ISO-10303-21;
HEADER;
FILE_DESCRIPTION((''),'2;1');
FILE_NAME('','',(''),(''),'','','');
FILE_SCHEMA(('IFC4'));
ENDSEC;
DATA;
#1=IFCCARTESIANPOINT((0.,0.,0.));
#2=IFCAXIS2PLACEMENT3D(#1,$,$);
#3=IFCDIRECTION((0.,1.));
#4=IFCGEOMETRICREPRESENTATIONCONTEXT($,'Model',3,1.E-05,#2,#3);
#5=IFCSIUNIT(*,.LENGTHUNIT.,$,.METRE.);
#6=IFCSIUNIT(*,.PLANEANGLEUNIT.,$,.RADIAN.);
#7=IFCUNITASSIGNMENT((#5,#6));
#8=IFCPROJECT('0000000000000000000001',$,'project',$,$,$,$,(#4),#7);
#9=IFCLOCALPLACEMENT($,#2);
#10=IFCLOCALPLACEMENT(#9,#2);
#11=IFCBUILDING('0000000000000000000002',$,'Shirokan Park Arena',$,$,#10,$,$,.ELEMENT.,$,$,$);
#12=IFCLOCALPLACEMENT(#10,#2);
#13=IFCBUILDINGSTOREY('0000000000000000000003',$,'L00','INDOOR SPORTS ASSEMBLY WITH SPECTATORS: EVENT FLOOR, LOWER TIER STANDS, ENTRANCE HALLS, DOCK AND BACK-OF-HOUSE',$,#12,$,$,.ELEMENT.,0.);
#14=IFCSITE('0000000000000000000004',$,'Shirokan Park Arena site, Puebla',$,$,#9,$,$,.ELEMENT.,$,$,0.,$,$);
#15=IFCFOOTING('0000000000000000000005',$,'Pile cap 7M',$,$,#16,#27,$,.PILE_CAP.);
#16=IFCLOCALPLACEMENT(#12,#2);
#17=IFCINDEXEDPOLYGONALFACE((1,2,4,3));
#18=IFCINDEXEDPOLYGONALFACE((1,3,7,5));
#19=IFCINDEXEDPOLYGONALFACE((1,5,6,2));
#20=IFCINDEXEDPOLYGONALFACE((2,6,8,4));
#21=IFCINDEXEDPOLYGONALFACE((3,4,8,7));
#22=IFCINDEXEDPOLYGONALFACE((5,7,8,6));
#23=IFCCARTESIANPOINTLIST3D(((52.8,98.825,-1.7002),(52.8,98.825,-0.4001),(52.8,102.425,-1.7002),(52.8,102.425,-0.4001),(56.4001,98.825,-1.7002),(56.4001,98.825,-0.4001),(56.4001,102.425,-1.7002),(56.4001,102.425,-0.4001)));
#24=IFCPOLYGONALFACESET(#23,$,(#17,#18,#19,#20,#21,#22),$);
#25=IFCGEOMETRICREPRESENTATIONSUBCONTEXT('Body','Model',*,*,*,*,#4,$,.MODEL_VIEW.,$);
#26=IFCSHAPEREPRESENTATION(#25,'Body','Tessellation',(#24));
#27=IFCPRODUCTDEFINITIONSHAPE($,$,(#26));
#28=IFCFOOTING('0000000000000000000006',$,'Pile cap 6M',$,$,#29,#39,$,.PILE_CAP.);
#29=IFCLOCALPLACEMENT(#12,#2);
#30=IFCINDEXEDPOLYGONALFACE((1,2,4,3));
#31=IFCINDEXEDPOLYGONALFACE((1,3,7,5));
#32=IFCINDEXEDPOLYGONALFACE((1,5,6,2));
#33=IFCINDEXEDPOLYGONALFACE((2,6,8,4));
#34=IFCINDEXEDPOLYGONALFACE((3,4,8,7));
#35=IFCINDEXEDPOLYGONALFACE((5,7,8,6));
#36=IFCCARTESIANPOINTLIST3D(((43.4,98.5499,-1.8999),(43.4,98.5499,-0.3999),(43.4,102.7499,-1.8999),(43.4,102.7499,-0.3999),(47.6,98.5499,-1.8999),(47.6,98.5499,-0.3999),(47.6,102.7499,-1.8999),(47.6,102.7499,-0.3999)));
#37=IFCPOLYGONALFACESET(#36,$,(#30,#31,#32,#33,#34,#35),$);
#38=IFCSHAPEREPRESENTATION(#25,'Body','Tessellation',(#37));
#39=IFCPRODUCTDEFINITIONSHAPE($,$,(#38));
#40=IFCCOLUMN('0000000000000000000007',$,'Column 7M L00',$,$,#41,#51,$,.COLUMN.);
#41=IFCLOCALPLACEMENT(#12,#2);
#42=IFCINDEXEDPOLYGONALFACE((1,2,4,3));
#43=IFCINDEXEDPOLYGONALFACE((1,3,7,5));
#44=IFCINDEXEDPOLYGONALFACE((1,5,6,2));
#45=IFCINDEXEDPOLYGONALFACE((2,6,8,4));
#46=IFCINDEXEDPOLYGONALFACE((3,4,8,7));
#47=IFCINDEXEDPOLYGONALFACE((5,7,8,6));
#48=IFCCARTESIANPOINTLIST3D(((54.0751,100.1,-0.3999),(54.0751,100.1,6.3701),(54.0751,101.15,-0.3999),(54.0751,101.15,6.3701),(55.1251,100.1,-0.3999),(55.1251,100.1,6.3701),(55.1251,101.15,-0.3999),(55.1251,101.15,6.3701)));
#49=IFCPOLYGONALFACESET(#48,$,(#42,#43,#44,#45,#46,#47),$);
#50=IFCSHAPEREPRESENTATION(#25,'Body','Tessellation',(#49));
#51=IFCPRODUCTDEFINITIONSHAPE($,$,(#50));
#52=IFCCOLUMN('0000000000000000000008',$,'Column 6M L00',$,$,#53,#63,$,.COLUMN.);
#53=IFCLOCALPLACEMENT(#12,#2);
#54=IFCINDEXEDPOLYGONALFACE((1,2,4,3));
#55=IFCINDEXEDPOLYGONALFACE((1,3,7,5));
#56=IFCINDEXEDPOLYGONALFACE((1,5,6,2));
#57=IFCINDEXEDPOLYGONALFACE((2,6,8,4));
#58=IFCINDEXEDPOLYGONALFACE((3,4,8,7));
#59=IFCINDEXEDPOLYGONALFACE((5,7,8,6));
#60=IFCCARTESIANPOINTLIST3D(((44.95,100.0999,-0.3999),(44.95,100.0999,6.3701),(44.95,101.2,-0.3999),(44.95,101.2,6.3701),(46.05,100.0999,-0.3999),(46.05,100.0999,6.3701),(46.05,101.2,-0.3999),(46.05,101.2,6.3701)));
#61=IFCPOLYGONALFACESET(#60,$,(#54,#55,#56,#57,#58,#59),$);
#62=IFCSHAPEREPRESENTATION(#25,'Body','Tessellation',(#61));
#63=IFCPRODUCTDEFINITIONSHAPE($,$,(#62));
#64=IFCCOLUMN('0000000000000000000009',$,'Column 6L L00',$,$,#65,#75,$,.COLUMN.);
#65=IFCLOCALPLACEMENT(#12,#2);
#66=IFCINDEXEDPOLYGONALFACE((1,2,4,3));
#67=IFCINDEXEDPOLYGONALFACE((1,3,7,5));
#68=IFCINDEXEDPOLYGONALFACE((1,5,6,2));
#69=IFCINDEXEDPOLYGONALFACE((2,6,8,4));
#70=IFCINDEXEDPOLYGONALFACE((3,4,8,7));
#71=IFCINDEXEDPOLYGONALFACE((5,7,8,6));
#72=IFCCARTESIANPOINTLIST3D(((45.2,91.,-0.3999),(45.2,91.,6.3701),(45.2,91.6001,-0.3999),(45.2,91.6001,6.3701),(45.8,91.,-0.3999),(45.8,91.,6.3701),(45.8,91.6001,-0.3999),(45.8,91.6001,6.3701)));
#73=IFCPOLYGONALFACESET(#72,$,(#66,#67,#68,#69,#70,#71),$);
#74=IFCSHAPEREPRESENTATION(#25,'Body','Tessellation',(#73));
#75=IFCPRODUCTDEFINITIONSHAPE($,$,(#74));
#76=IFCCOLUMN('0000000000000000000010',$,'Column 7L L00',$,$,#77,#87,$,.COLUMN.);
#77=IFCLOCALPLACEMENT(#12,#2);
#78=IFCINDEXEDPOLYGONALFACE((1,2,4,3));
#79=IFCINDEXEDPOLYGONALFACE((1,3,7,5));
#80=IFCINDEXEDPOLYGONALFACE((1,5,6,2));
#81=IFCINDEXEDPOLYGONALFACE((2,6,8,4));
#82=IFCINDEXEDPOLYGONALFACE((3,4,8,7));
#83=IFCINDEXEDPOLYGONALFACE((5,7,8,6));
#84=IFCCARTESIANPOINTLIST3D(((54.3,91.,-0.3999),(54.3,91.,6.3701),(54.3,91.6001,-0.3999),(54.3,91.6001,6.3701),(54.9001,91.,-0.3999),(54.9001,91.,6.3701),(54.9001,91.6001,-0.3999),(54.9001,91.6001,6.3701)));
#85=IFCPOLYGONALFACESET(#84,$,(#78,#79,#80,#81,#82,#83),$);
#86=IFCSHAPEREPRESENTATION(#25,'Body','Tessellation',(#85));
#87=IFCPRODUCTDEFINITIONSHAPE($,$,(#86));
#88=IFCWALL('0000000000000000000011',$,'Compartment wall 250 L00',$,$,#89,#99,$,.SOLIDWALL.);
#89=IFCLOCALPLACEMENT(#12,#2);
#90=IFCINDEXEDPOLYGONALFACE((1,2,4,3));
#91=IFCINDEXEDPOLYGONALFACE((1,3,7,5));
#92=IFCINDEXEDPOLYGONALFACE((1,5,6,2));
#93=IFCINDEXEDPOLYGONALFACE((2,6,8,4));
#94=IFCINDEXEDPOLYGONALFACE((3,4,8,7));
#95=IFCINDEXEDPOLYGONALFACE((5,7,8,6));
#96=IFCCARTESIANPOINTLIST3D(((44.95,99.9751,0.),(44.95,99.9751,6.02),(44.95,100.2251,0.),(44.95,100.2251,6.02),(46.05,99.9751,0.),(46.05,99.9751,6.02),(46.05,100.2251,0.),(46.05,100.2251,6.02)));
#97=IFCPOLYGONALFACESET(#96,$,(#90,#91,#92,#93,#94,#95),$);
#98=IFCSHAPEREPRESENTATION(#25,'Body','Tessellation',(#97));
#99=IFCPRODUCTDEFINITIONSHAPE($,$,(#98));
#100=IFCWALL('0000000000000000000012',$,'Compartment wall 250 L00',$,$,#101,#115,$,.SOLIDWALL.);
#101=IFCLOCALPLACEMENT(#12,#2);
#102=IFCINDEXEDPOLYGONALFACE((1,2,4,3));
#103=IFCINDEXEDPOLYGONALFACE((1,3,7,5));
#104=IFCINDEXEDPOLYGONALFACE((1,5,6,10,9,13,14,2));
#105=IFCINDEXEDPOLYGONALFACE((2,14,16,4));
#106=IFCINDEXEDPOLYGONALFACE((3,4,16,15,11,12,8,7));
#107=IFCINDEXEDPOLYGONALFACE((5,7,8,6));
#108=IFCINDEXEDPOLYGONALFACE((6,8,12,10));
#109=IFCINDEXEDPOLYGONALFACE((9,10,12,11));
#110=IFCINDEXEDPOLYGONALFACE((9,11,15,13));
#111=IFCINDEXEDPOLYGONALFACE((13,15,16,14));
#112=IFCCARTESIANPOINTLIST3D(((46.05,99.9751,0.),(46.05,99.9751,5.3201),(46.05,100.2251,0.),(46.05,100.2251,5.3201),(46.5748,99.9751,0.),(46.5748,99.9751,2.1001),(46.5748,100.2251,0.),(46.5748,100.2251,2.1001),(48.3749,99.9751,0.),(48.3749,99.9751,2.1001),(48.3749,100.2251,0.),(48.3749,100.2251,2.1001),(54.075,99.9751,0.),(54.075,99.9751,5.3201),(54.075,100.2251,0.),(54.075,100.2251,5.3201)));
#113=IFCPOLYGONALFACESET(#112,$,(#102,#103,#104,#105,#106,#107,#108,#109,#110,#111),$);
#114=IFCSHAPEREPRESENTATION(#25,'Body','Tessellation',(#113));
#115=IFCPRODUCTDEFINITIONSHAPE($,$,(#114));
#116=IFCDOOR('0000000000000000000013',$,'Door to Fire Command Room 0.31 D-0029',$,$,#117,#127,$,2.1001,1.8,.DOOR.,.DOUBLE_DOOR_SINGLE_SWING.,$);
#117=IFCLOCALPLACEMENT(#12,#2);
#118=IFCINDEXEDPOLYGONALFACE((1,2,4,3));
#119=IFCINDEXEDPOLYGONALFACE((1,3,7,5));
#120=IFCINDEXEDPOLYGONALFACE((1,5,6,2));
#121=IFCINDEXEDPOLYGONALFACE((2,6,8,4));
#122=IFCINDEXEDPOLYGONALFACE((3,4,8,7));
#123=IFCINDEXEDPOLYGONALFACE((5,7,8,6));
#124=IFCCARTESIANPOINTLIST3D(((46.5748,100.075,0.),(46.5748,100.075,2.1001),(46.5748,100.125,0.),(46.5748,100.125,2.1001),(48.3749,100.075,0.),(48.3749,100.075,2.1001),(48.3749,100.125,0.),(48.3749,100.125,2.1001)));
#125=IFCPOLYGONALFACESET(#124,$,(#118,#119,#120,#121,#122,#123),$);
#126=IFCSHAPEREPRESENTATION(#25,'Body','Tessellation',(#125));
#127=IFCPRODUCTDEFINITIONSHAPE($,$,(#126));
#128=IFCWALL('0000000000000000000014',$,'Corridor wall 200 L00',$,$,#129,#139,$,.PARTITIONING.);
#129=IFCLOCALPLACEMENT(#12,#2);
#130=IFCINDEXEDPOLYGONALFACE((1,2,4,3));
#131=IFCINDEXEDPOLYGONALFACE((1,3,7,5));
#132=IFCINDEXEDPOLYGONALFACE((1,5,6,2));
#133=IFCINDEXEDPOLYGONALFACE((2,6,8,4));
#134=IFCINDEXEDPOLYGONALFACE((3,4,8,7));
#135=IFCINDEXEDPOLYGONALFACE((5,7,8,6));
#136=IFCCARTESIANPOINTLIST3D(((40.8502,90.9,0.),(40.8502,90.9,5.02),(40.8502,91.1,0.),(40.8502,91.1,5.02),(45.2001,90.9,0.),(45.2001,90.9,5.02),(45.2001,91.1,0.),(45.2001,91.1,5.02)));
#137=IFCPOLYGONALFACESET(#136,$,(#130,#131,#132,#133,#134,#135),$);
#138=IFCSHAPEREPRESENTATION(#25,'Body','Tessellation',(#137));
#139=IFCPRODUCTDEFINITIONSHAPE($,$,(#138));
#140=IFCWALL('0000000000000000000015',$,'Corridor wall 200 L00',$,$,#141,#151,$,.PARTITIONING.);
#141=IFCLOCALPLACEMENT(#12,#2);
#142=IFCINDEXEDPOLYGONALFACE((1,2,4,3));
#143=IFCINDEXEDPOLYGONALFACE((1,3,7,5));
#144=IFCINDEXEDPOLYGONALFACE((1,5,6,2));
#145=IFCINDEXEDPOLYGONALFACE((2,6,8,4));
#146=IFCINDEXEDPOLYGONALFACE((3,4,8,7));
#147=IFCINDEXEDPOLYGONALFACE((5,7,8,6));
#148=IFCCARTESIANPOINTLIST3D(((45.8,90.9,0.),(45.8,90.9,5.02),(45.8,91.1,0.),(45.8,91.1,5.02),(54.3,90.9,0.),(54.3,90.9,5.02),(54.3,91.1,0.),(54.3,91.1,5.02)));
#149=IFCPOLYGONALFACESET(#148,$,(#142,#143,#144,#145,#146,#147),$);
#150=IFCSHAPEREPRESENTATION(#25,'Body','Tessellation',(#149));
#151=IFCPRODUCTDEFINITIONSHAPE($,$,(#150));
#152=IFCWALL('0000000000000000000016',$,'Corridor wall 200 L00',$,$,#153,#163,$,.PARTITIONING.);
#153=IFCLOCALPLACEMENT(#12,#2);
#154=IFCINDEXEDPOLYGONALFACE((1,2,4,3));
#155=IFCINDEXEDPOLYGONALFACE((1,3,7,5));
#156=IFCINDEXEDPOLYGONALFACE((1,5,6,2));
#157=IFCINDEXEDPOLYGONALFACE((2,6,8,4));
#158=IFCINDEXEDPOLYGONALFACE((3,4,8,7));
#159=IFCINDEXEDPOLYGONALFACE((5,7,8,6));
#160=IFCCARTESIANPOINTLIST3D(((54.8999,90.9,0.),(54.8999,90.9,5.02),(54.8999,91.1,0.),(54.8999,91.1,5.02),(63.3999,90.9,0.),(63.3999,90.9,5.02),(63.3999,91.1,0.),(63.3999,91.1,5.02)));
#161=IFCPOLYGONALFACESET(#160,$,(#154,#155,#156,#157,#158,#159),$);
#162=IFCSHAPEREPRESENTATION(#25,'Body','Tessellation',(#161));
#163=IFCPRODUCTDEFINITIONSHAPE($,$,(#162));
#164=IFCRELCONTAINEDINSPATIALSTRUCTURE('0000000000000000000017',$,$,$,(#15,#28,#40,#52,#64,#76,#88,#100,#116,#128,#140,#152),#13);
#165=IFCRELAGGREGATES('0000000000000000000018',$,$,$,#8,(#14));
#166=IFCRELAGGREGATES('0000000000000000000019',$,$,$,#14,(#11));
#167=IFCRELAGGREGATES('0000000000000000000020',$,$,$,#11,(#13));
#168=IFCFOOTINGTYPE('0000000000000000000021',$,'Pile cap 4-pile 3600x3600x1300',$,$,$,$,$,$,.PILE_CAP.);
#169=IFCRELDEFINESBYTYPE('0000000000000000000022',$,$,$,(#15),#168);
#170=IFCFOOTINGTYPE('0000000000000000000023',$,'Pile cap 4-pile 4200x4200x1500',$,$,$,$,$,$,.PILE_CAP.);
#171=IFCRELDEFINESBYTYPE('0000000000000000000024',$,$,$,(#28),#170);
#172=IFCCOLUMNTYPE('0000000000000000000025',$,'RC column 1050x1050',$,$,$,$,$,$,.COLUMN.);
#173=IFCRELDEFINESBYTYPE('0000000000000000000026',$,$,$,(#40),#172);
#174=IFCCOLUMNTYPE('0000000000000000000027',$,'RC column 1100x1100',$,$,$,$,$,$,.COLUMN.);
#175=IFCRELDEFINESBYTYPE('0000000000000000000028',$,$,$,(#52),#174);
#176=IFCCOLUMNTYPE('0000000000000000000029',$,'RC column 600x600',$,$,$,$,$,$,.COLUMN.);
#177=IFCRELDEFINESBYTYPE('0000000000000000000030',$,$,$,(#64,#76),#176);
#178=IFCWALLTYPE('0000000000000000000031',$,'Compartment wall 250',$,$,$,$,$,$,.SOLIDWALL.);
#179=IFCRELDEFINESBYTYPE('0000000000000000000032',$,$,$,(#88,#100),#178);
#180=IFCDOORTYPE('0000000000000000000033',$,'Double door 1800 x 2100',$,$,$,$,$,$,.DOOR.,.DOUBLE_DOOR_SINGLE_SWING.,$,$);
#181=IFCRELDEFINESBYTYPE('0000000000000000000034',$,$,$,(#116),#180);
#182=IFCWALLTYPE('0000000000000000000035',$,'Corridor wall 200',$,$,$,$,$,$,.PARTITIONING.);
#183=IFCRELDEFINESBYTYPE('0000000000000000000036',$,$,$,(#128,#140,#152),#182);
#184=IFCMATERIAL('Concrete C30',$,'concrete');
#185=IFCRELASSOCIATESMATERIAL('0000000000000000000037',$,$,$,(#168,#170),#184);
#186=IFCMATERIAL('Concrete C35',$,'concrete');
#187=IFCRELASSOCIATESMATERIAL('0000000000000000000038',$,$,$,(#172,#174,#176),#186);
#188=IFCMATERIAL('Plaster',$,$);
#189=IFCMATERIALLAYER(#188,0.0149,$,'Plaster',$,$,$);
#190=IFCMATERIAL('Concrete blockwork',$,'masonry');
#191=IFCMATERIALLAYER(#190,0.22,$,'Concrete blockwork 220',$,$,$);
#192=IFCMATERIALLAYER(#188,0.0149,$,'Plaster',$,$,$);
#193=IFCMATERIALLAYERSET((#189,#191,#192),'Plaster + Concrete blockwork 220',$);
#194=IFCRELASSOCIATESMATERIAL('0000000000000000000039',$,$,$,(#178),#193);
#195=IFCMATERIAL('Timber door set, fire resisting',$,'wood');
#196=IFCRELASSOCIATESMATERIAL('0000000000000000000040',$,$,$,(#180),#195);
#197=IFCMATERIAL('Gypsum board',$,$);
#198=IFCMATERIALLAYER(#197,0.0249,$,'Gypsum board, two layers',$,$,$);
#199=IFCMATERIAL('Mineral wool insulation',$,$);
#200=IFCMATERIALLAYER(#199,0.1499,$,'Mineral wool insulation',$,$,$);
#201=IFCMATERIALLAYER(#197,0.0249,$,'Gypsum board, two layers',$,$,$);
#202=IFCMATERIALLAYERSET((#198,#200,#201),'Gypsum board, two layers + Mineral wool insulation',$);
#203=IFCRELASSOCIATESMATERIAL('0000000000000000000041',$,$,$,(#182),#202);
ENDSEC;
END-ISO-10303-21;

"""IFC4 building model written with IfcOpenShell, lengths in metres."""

from ifc_helpers import new_model, si_unit, direction, frame, frame_2d, origin, origin_2d, place, context, subcontext, project, spatial, rectangle, extrude, material, layer, layer_set, material_profile, profile_set, type_object, element, fill, save


model = new_model("IFC4")

# Units and contexts
model_context = context("Model", 3, precision=1e-05, world=origin(), true_north=direction((0.0, 1.0)))
body_context = subcontext(model_context, "Body", "Model", "MODEL_VIEW")
ifc_project = project(units=[si_unit("LENGTHUNIT", "METRE"), si_unit("PLANEANGLEUNIT", "RADIAN")], contexts=[model_context])

# Site, building, storey
site_placement = place(None, origin())
site = spatial("IfcSite", under=ifc_project, at=site_placement, Name="Shirokan Park Arena site, Puebla", CompositionType="ELEMENT", RefElevation=0.0)
building_placement = place(site_placement, origin())
building = spatial("IfcBuilding", under=site, at=building_placement, Name="Shirokan Park Arena", CompositionType="ELEMENT")
storey_placement = place(building_placement, origin())
storey = spatial("IfcBuildingStorey", under=building, at=storey_placement, Name="L00", Description="INDOOR SPORTS ASSEMBLY WITH SPECTATORS: EVENT FLOOR, LOWER TIER STANDS, ENTRANCE HALLS, DOCK AND BACK-OF-HOUSE", CompositionType="ELEMENT", Elevation=0.0)

# Shared definitions
ifc_material_1 = material(Name="Concrete C30", Category="concrete")

# Footings
footing_type_1 = type_object("IfcFootingType", Name="Pile cap 4-pile 3600x3600x1300", PredefinedType="PILE_CAP", material=ifc_material_1)
footing_1_placement = place(storey_placement, frame((54.6001, 100.625, -1.7002), z_axis=(0.0, 0.0, 1.0), x_axis=(1.0, 0.0, 0.0)))
element("IfcFooting", 1, at=footing_1_placement, inside=storey, type_object=footing_type_1, Name="Pile cap 7M", PredefinedType="PILE_CAP", context=body_context, shape_type="SweptSolid", body=[
    extrude(rectangle(XDim=3.6001, YDim=3.6001, at=origin_2d()), origin(), (0.0, 0.0, 1.0), 1.3),
])
footing_type_2 = type_object("IfcFootingType", Name="Pile cap 4-pile 4200x4200x1500", PredefinedType="PILE_CAP", material=ifc_material_1)
footing_2_placement = place(storey_placement, frame((45.5, 100.6499, -1.8999), z_axis=(0.0, 0.0, 1.0), x_axis=(1.0, 0.0, 0.0)))
element("IfcFooting", 2, at=footing_2_placement, inside=storey, type_object=footing_type_2, Name="Pile cap 6M", PredefinedType="PILE_CAP", context=body_context, shape_type="SweptSolid", body=[
    extrude(rectangle(XDim=4.2, YDim=4.2, at=origin_2d()), origin(), (0.0, 0.0, 1.0), 1.5),
])

# Columns
ifc_material_2 = material(Name="Concrete C35", Category="concrete")
ifc_material_profile_1 = material_profile(ifc_material_2, rectangle(XDim=1.05, YDim=1.05, at=origin_2d()), Name="1050x1050")
ifc_profile_set_1 = profile_set([ifc_material_profile_1], Name="Concrete C35")
column_type_1 = type_object("IfcColumnType", Name="RC column 1050x1050", PredefinedType="COLUMN", material=ifc_profile_set_1)
column_1_placement = place(storey_placement, frame((54.6001, 100.625, -0.3999), z_axis=(0.0, 0.0, 1.0), x_axis=(1.0, 0.0, 0.0)))
element("IfcColumn", 3, at=column_1_placement, inside=storey, type_object=column_type_1, Name="Column 7M L00", PredefinedType="COLUMN", context=body_context, shape_type="SweptSolid", body=[
    extrude(rectangle(XDim=1.05, YDim=1.05, at=origin_2d()), origin(), (0.0, 0.0, 1.0), 6.77),
])
ifc_material_profile_2 = material_profile(ifc_material_2, rectangle(XDim=1.1001, YDim=1.1001, at=origin_2d()), Name="1100x1100")
ifc_profile_set_2 = profile_set([ifc_material_profile_2], Name="Concrete C35")
column_type_2 = type_object("IfcColumnType", Name="RC column 1100x1100", PredefinedType="COLUMN", material=ifc_profile_set_2)
column_2_placement = place(storey_placement, frame((45.5, 100.6499, -0.3999), z_axis=(0.0, 0.0, 1.0), x_axis=(1.0, 0.0, 0.0)))
element("IfcColumn", 4, at=column_2_placement, inside=storey, type_object=column_type_2, Name="Column 6M L00", PredefinedType="COLUMN", context=body_context, shape_type="SweptSolid", body=[
    extrude(rectangle(XDim=1.1001, YDim=1.1001, at=origin_2d()), origin(), (0.0, 0.0, 1.0), 6.77),
])
ifc_material_profile_3 = material_profile(ifc_material_2, rectangle(XDim=0.6001, YDim=0.6001, at=origin_2d()), Name="600x600")
ifc_profile_set_3 = profile_set([ifc_material_profile_3], Name="Concrete C35")
column_type_3 = type_object("IfcColumnType", Name="RC column 600x600", PredefinedType="COLUMN", material=ifc_profile_set_3)
for number, where, z_axis, x_axis, name in (
    (5, (45.5, 91.3, -0.3999), (0.0, 0.0, 1.0), (1.0, 0.0, 0.0), "Column 6L L00"),
    (6, (54.6001, 91.3, -0.3999), (0.0, 0.0, 1.0), (1.0, 0.0, 0.0), "Column 7L L00"),
):
    element("IfcColumn", number, at=place(storey_placement, frame(where, z_axis=z_axis, x_axis=x_axis)), inside=storey, type_object=column_type_3, Name=name, PredefinedType="COLUMN", context=body_context, shape_type="SweptSolid", body=[
        extrude(rectangle(XDim=0.6001, YDim=0.6001, at=origin_2d()), origin(), (0.0, 0.0, 1.0), 6.77),
    ])

# Wall
ifc_material_3 = material(Name="Plaster")
ifc_layer_1 = layer(ifc_material_3, 0.0149, Name="Plaster")
ifc_material_4 = material(Name="Concrete blockwork", Category="masonry")
ifc_layer_2 = layer(ifc_material_4, 0.22, Name="Concrete blockwork 220")
ifc_layer_3 = layer(ifc_material_3, 0.0149, Name="Plaster")
ifc_layer_set_1 = layer_set([ifc_layer_1, ifc_layer_2, ifc_layer_3], Name="Plaster + Concrete blockwork 220")
wall_type_1 = type_object("IfcWallType", Name="Compartment wall 250", PredefinedType="SOLIDWALL", material=ifc_layer_set_1)
wall_1_placement = place(storey_placement, frame((44.95, 100.1001, 0.0), z_axis=(0.0, 0.0, 1.0), x_axis=(1.0, 0.0, 0.0)))
element("IfcWall", 7, at=wall_1_placement, inside=storey, type_object=wall_type_1, Name="Compartment wall 250 L00", PredefinedType="SOLIDWALL", context=body_context, shape_type="SweptSolid", body=[
    extrude(rectangle(XDim=1.1001, YDim=0.25, at=frame_2d((0.55, 0.0))), origin(), (0.0, 0.0, 1.0), 6.02),
])

# Wall, opening, door
wall_2_placement = place(storey_placement, frame((46.05, 100.1001, 0.0), z_axis=(0.0, 0.0, 1.0), x_axis=(1.0, 0.0, 0.0)))
wall_2 = element("IfcWall", 8, at=wall_2_placement, inside=storey, type_object=wall_type_1, Name="Compartment wall 250 L00", PredefinedType="SOLIDWALL", context=body_context, shape_type="SweptSolid", body=[
    extrude(rectangle(XDim=8.0249, YDim=0.25, at=frame_2d((4.0125, 0.0))), origin(), (0.0, 0.0, 1.0), 5.3201),
])
opening_placement = place(wall_2_placement, frame((0.5249, 0.0, 0.0)))
opening = element("IfcOpeningElement", 9, at=opening_placement, cuts=wall_2, PredefinedType="OPENING", context=body_context, shape_type="SweptSolid", body=[
    extrude(rectangle(XDim=1.8, YDim=2.1001, at=frame_2d((0.8999, 1.05))), frame((0.0, 0.135, 0.0), z_axis=(0.0, -1.0, 0.0), x_axis=(1.0, 0.0, 0.0)), (0.0, 0.0, 1.0), 0.27),
])
ifc_material_5 = material(Name="Timber door set, fire resisting", Category="wood")
door_type = type_object("IfcDoorType", Name="Double door 1800 x 2100", OperationType="DOUBLE_DOOR_SINGLE_SWING", PredefinedType="DOOR", material=ifc_material_5)
door_placement = place(opening_placement, origin())
door = element("IfcDoor", 10, at=door_placement, inside=storey, type_object=door_type, Name="Door to Fire Command Room 0.31 D-0029", OperationType="DOUBLE_DOOR_SINGLE_SWING", OverallHeight=2.1001, OverallWidth=1.8, PredefinedType="DOOR", context=body_context, shape_type="SweptSolid", body=[
    extrude(rectangle(XDim=1.8, YDim=2.1001, at=frame_2d((0.8999, 1.05))), frame((0.0, 0.0249, 0.0), z_axis=(0.0, -1.0, 0.0), x_axis=(1.0, 0.0, 0.0)), (0.0, 0.0, 1.0), 0.05),
])
fill(opening, door)

# Walls
ifc_material_6 = material(Name="Gypsum board")
ifc_layer_4 = layer(ifc_material_6, 0.0249, Name="Gypsum board, two layers")
ifc_material_7 = material(Name="Mineral wool insulation")
ifc_layer_5 = layer(ifc_material_7, 0.1499, Name="Mineral wool insulation")
ifc_layer_6 = layer(ifc_material_6, 0.0249, Name="Gypsum board, two layers")
ifc_layer_set_2 = layer_set([ifc_layer_4, ifc_layer_5, ifc_layer_6], Name="Gypsum board, two layers + Mineral wool insulation")
wall_type_2 = type_object("IfcWallType", Name="Corridor wall 200", PredefinedType="PARTITIONING", material=ifc_layer_set_2)
wall_3_placement = place(storey_placement, frame((45.2, 91.0, 0.0), z_axis=(0.0, 0.0, 1.0), x_axis=(-1.0, 0.0, 0.0)))
element("IfcWall", 11, at=wall_3_placement, inside=storey, type_object=wall_type_2, Name="Corridor wall 200 L00", PredefinedType="PARTITIONING", context=body_context, shape_type="SweptSolid", body=[
    extrude(rectangle(XDim=4.3499, YDim=0.2, at=frame_2d((2.1748, 0.0))), origin(), (0.0, 0.0, 1.0), 5.02),
])
for number, where, z_axis, x_axis, name in (
    (12, (54.3, 91.0, 0.0), (0.0, 0.0, 1.0), (-1.0, 0.0, 0.0), "Corridor wall 200 L00"),
    (13, (54.8999, 91.0, 0.0), (0.0, 0.0, 1.0), (1.0, 0.0, 0.0), "Corridor wall 200 L00"),
):
    element("IfcWall", number, at=place(storey_placement, frame(where, z_axis=z_axis, x_axis=x_axis)), inside=storey, type_object=wall_type_2, Name=name, PredefinedType="PARTITIONING", context=body_context, shape_type="SweptSolid", body=[
        extrude(rectangle(XDim=8.5, YDim=0.2, at=frame_2d((4.25, 0.0))), origin(), (0.0, 0.0, 1.0), 5.02),
    ])

save(model, "model.ifc")
